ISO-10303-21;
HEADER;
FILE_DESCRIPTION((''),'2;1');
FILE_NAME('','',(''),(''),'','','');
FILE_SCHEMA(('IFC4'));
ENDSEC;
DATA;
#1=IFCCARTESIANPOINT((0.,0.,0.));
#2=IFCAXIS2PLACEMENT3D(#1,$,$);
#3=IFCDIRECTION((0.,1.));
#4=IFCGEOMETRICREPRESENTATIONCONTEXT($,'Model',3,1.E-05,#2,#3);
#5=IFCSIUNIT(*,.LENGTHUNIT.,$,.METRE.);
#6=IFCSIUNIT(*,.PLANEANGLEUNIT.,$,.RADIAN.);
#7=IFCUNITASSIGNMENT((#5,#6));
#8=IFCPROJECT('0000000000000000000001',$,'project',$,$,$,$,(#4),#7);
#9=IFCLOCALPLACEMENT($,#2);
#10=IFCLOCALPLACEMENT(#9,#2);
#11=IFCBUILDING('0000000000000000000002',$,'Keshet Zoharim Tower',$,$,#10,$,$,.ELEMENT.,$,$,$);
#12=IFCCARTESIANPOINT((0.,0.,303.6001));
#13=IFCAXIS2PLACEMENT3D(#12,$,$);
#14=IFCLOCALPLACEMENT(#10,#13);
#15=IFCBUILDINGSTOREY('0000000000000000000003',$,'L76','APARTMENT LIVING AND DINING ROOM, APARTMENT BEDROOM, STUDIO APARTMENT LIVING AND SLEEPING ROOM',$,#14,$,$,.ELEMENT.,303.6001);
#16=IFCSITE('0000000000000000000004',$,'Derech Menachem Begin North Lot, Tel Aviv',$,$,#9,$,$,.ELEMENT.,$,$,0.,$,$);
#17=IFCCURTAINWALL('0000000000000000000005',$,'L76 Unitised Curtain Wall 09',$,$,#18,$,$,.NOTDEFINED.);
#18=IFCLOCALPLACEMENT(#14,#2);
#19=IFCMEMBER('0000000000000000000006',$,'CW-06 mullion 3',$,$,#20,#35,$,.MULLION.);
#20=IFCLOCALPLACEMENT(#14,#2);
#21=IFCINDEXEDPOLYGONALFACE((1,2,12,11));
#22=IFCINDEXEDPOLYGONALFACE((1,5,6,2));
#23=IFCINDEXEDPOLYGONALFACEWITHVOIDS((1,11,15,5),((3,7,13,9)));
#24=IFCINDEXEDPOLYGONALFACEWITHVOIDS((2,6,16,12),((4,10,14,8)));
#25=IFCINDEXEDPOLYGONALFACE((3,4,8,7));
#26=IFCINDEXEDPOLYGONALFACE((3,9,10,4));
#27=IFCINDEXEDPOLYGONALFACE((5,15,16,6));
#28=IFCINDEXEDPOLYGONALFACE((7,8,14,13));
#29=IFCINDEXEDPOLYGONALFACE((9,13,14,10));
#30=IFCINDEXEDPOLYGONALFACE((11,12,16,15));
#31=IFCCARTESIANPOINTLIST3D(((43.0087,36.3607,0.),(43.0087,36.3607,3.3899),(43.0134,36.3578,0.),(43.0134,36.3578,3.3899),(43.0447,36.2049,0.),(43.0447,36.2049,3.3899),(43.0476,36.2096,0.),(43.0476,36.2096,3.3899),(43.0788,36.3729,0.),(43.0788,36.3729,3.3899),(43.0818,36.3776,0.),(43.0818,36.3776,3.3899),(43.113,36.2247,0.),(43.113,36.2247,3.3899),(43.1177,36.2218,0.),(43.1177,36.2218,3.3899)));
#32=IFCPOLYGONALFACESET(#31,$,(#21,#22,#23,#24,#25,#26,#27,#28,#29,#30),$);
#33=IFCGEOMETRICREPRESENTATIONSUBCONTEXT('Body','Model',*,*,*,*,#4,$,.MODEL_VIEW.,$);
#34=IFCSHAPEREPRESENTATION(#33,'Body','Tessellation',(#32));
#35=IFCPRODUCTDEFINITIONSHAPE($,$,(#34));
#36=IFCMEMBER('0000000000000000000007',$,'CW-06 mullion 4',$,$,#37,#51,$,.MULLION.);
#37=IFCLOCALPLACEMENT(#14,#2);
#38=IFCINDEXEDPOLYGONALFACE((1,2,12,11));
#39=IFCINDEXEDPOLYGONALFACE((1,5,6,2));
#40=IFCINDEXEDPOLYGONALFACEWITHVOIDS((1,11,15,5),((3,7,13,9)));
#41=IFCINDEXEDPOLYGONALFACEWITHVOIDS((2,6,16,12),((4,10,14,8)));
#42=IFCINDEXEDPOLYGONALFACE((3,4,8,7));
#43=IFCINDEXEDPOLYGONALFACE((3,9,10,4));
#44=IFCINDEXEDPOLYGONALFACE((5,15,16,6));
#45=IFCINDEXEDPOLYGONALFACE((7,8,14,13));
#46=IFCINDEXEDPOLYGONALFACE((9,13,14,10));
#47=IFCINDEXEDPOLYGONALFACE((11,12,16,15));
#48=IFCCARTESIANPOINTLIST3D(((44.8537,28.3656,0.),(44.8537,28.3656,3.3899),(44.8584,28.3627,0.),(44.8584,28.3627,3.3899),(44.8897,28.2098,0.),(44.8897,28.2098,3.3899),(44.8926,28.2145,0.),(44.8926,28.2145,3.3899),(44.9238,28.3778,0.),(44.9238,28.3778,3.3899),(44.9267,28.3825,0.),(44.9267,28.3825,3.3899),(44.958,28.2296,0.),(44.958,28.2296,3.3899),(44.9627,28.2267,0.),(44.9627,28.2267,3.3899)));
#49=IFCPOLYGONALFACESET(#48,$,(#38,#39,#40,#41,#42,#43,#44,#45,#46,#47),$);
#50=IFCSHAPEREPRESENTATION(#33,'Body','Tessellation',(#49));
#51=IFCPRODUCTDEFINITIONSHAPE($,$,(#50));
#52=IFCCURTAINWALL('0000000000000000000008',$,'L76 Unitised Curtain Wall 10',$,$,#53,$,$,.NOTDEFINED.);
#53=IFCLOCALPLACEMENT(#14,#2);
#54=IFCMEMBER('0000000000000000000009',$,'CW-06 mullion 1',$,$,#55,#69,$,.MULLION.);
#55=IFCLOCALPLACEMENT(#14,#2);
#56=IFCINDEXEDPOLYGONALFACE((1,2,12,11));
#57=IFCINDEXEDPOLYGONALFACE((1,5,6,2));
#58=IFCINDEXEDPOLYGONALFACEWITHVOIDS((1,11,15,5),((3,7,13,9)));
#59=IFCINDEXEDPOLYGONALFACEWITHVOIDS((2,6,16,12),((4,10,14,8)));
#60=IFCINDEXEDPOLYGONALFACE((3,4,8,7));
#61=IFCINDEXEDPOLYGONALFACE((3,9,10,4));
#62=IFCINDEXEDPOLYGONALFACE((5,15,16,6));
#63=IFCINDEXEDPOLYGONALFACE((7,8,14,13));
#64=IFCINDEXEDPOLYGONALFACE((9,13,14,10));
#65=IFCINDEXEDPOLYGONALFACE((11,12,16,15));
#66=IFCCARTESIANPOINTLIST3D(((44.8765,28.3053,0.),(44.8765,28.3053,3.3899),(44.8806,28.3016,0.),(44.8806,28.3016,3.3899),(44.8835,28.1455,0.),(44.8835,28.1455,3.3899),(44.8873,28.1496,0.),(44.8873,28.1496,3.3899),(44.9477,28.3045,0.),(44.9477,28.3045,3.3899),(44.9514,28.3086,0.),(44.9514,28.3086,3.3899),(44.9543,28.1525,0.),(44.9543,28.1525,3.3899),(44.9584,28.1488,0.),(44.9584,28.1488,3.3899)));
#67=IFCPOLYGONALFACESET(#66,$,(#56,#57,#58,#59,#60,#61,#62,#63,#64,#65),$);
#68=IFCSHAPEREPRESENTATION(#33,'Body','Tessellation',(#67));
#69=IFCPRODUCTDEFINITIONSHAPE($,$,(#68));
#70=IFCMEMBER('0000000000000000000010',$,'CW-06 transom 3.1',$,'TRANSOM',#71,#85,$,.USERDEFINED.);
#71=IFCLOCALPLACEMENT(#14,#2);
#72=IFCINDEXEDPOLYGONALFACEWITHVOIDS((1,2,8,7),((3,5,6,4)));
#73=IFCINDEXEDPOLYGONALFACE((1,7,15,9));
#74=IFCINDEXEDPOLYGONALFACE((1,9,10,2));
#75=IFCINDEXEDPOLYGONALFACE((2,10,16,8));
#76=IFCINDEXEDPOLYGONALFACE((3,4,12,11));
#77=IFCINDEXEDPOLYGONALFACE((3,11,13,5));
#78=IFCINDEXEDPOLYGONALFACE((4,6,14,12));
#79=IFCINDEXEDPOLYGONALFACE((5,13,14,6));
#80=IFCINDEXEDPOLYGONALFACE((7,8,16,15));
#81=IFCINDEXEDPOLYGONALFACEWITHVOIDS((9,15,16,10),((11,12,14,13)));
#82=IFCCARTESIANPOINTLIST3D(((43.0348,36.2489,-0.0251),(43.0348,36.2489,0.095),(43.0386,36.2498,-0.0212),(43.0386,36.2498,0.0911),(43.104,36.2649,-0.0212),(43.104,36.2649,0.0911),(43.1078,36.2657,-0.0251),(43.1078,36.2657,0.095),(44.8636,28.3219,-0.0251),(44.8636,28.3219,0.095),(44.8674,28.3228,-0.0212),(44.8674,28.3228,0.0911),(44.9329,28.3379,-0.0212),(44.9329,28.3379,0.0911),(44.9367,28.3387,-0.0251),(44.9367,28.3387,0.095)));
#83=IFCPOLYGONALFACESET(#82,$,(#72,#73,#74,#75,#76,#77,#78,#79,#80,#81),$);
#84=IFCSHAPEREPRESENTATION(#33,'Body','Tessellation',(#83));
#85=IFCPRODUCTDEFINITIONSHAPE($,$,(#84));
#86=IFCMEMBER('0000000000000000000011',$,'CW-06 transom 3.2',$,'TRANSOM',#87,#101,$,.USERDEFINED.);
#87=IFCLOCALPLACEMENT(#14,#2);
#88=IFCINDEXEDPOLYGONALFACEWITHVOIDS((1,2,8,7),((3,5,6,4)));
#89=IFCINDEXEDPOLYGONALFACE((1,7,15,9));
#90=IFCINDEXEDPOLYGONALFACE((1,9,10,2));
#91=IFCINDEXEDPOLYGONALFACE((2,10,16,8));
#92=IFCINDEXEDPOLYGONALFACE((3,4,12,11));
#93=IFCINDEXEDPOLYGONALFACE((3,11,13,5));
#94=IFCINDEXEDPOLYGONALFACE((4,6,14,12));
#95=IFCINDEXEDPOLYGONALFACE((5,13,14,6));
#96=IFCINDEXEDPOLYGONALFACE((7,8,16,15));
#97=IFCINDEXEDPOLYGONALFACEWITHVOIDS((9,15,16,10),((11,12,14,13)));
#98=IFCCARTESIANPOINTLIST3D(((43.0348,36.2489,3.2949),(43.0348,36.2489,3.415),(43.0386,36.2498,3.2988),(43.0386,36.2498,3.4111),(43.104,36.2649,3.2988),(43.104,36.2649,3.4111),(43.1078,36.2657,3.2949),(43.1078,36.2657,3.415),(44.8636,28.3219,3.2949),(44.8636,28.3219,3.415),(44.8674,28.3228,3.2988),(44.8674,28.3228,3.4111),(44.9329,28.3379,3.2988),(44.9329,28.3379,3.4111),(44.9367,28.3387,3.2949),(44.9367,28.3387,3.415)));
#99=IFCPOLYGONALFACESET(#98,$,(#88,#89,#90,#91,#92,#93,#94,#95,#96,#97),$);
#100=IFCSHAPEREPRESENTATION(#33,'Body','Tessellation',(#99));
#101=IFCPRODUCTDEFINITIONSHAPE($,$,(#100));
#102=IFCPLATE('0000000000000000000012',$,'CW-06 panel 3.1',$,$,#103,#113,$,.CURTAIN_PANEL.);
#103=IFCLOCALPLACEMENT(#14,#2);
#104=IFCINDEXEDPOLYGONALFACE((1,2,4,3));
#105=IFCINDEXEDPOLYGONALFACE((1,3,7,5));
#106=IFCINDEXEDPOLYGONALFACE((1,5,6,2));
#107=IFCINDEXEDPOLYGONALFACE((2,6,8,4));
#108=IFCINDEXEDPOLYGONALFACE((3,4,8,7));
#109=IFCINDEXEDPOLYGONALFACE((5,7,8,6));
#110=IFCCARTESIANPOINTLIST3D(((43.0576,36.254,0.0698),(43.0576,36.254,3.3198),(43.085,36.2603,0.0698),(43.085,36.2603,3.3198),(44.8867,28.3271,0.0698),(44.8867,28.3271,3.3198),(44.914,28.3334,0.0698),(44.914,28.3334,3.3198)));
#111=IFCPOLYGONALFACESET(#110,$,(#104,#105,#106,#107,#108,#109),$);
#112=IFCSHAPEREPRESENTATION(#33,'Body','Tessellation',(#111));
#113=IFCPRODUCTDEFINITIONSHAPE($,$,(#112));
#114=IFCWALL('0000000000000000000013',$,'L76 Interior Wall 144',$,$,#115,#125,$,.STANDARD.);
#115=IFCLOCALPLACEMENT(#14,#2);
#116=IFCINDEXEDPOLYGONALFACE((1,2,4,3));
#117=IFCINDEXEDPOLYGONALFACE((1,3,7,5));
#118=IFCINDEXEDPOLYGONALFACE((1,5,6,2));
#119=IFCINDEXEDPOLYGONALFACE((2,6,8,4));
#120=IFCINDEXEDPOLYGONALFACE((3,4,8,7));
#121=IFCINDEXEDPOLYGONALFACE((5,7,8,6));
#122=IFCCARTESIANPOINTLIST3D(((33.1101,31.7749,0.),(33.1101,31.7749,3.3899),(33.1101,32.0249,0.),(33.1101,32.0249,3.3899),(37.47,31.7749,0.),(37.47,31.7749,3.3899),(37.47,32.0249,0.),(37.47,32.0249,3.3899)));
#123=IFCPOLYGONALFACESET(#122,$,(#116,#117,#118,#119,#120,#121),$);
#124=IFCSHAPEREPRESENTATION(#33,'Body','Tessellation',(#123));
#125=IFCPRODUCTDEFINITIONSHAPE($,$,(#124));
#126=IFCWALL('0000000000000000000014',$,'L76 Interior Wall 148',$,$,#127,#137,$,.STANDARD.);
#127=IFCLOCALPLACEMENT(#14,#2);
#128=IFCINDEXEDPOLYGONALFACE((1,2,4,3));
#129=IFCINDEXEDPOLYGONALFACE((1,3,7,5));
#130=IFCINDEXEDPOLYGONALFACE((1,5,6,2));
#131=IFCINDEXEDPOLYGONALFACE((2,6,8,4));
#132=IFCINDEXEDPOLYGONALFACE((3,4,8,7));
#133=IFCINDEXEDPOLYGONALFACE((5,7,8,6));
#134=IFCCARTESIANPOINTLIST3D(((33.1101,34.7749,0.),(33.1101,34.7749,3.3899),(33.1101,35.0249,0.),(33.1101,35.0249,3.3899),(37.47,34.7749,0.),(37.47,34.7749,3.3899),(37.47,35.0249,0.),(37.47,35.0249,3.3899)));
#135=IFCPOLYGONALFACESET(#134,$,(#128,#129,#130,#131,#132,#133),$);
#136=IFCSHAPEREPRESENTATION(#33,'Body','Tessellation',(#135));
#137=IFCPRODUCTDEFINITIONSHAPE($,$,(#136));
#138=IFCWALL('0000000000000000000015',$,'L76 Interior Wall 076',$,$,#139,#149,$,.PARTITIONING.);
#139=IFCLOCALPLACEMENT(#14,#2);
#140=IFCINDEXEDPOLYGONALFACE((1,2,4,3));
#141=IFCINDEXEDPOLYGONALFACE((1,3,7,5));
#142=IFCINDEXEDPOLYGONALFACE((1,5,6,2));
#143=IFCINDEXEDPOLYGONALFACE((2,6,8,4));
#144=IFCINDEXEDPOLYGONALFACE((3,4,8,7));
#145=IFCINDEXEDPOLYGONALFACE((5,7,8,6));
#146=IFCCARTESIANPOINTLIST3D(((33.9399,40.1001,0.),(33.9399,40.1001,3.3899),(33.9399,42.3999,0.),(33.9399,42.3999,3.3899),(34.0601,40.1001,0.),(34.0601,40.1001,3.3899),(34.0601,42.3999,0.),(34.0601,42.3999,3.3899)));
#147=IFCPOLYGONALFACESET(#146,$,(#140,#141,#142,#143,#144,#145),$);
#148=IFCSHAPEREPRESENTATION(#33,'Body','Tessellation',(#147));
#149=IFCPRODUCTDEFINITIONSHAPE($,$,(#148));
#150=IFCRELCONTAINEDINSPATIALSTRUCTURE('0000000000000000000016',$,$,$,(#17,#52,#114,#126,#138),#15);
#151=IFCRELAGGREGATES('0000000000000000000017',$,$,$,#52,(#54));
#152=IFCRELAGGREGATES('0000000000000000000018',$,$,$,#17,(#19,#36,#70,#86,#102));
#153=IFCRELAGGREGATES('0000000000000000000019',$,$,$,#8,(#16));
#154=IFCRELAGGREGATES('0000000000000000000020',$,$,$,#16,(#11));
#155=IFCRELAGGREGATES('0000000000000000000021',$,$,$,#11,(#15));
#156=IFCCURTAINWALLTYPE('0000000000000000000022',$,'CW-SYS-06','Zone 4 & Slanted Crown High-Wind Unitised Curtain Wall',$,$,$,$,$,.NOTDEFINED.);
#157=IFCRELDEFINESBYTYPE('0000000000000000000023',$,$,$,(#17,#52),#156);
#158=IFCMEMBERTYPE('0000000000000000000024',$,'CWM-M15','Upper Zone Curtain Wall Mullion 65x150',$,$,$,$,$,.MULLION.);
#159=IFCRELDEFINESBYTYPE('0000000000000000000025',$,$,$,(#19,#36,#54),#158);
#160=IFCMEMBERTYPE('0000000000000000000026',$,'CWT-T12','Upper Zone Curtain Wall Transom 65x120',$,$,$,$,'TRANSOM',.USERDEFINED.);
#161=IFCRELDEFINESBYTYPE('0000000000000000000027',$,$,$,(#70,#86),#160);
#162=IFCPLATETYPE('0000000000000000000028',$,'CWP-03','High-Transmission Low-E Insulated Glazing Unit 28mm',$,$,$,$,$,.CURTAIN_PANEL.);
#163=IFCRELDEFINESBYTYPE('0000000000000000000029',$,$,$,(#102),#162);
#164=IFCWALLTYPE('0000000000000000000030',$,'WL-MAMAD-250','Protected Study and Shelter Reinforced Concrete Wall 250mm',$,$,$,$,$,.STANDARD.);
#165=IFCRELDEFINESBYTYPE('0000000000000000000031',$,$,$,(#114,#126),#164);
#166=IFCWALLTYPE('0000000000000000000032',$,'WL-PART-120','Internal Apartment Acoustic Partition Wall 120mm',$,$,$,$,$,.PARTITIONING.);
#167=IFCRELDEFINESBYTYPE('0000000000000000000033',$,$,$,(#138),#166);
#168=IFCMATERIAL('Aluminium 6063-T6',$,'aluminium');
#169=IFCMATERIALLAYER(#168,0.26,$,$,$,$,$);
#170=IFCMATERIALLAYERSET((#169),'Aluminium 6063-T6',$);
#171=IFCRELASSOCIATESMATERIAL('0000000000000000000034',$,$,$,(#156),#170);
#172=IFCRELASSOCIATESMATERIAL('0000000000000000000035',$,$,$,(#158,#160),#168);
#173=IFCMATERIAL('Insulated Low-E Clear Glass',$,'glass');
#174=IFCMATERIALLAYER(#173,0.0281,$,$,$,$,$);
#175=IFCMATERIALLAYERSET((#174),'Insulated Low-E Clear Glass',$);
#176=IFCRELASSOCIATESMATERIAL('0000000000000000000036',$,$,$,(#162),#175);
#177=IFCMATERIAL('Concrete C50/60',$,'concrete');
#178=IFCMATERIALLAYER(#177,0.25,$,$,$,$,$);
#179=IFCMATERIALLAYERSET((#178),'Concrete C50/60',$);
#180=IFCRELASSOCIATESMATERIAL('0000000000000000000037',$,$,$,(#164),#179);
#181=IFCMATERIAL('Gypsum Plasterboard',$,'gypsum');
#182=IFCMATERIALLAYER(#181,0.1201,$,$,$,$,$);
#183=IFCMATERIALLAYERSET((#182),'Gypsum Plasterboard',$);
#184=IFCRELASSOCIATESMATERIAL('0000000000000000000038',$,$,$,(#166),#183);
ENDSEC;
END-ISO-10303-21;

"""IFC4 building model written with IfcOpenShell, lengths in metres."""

from ifc_helpers import new_model, si_unit, direction, frame, frame_2d, origin, origin_2d, place, context, subcontext, project, spatial, rectangle, hollow_rectangle, extrude, material, layer, layer_set, material_profile, profile_set, type_object, element, aggregate, save


model = new_model("IFC4")

# Units and contexts
model_context = context("Model", 3, precision=1e-05, world=origin(), true_north=direction((0.0, 1.0)))
body_context = subcontext(model_context, "Body", "Model", "MODEL_VIEW")
ifc_project = project(units=[si_unit("LENGTHUNIT", "METRE"), si_unit("PLANEANGLEUNIT", "RADIAN")], contexts=[model_context])

# Site, building, storey
site_placement = place(None, origin())
site = spatial("IfcSite", under=ifc_project, at=site_placement, Name="Derech Menachem Begin North Lot, Tel Aviv", CompositionType="ELEMENT", RefElevation=0.0)
building_placement = place(site_placement, origin())
building = spatial("IfcBuilding", under=site, at=building_placement, Name="Keshet Zoharim Tower", CompositionType="ELEMENT")
storey_placement = place(building_placement, frame((0.0, 0.0, 303.6001)))
storey = spatial("IfcBuildingStorey", under=building, at=storey_placement, Name="L76", Description="APARTMENT LIVING AND DINING ROOM, APARTMENT BEDROOM, STUDIO APARTMENT LIVING AND SLEEPING ROOM", CompositionType="ELEMENT", Elevation=303.6001)

# Curtain wall, members
ifc_material_1 = material(Name="Aluminium 6063-T6", Category="aluminium")
ifc_layer_1 = layer(ifc_material_1, 0.26)
ifc_layer_set_1 = layer_set([ifc_layer_1], Name="Aluminium 6063-T6")
curtain_wall_type = type_object("IfcCurtainWallType", Name="CW-SYS-06", Description="Zone 4 & Slanted Crown High-Wind Unitised Curtain Wall", PredefinedType="NOTDEFINED", material=ifc_layer_set_1)
curtain_wall_1_placement = place(storey_placement, origin())
curtain_wall_1 = element("IfcCurtainWall", 1, at=curtain_wall_1_placement, inside=storey, type_object=curtain_wall_type, Name="L76 Unitised Curtain Wall 09", PredefinedType="NOTDEFINED")
ifc_material_profile_1 = material_profile(ifc_material_1, hollow_rectangle(XDim=0.075, YDim=0.1599, WallThickness=0.0039, at=origin_2d()), Name="MUL-75x160")
ifc_profile_set_1 = profile_set([ifc_material_profile_1], Name="Aluminium 6063-T6")
member_type_1 = type_object("IfcMemberType", Name="CWM-M15", Description="Upper Zone Curtain Wall Mullion 65x150", PredefinedType="MULLION", material=ifc_profile_set_1)
member_1_placement = place(storey_placement, frame((43.0632, 36.2913, 0.0), z_axis=(0.0, 0.0, 1.0), x_axis=(0.974398, 0.22483, 0.0)))
member_1 = element("IfcMember", 2, at=member_1_placement, type_object=member_type_1, Name="CW-06 mullion 3", PredefinedType="MULLION", context=body_context, shape_type="SweptSolid", body=[
    extrude(hollow_rectangle(XDim=0.075, YDim=0.1599, WallThickness=0.0039, at=origin_2d()), origin(), (0.0, 0.0, 1.0), 3.3899),
])
member_2_placement = place(storey_placement, frame((44.9082, 28.2961, 0.0), z_axis=(0.0, 0.0, 1.0), x_axis=(0.974398, 0.22483, 0.0)))
member_2 = element("IfcMember", 3, at=member_2_placement, type_object=member_type_1, Name="CW-06 mullion 4", PredefinedType="MULLION", context=body_context, shape_type="SweptSolid", body=[
    extrude(hollow_rectangle(XDim=0.075, YDim=0.1599, WallThickness=0.0039, at=origin_2d()), origin(), (0.0, 0.0, 1.0), 3.3899),
])

# Curtain wall, member
curtain_wall_2_placement = place(storey_placement, origin())
curtain_wall_2 = element("IfcCurtainWall", 4, at=curtain_wall_2_placement, inside=storey, type_object=curtain_wall_type, Name="L76 Unitised Curtain Wall 10", PredefinedType="NOTDEFINED")
member_3_placement = place(storey_placement, frame((44.9175, 28.2271, 0.0), z_axis=(0.0, 0.0, 1.0), x_axis=(0.999041, 0.043794, 0.0)))
member_3 = element("IfcMember", 5, at=member_3_placement, type_object=member_type_1, Name="CW-06 mullion 1", PredefinedType="MULLION", context=body_context, shape_type="SweptSolid", body=[
    extrude(hollow_rectangle(XDim=0.075, YDim=0.1599, WallThickness=0.0039, at=origin_2d()), origin(), (0.0, 0.0, 1.0), 3.3899),
])
aggregate(curtain_wall_2, [member_3])

# Members
ifc_material_profile_2 = material_profile(ifc_material_1, hollow_rectangle(XDim=0.075, YDim=0.1201, WallThickness=0.0039, at=origin_2d()), Name="TRN-75x120")
ifc_profile_set_2 = profile_set([ifc_material_profile_2], Name="Aluminium 6063-T6")
member_type_2 = type_object("IfcMemberType", Name="CWT-T12", Description="Upper Zone Curtain Wall Transom 65x120", ElementType="TRANSOM", PredefinedType="USERDEFINED", material=ifc_profile_set_2)
member_4_placement = place(storey_placement, frame((43.0713, 36.2573, 0.0349), z_axis=(0.224807, -0.974403, 0.0), x_axis=(0.974403, 0.224807, 0.0)))
member_4 = element("IfcMember", 6, at=member_4_placement, type_object=member_type_2, Name="CW-06 transom 3.1", ObjectType="TRANSOM", PredefinedType="USERDEFINED", context=body_context, shape_type="SweptSolid", body=[
    extrude(hollow_rectangle(XDim=0.075, YDim=0.1201, WallThickness=0.0039, at=origin_2d()), origin(), (0.0, 0.0, 1.0), 8.1353),
])
member_5_placement = place(storey_placement, frame((43.0713, 36.2573, 3.355), z_axis=(0.224807, -0.974403, 0.0), x_axis=(0.974403, 0.224807, 0.0)))
member_5 = element("IfcMember", 7, at=member_5_placement, type_object=member_type_2, Name="CW-06 transom 3.2", ObjectType="TRANSOM", PredefinedType="USERDEFINED", context=body_context, shape_type="SweptSolid", body=[
    extrude(hollow_rectangle(XDim=0.075, YDim=0.1201, WallThickness=0.0039, at=origin_2d()), origin(), (0.0, 0.0, 1.0), 8.1353),
])

# Plate
ifc_material_2 = material(Name="Insulated Low-E Clear Glass", Category="glass")
ifc_layer_2 = layer(ifc_material_2, 0.0281)
ifc_layer_set_2 = layer_set([ifc_layer_2], Name="Insulated Low-E Clear Glass")
plate_type = type_object("IfcPlateType", Name="CWP-03", Description="High-Transmission Low-E Insulated Glazing Unit 28mm", PredefinedType="CURTAIN_PANEL", material=ifc_layer_set_2)
plate_placement = place(storey_placement, frame((43.9858, 32.2937, 0.0698), z_axis=(0.0, 0.0, 1.0), x_axis=(0.22483, -0.974398, 0.0)))
plate = element("IfcPlate", 8, at=plate_placement, type_object=plate_type, Name="CW-06 panel 3.1", PredefinedType="CURTAIN_PANEL", context=body_context, shape_type="SweptSolid", body=[
    extrude(rectangle(XDim=8.1353, YDim=0.0281, at=origin_2d()), origin(), (0.0, 0.0, 1.0), 3.25),
])
aggregate(curtain_wall_1, [member_1, member_2, member_4, member_5, plate])

# Shared definitions
ifc_material_3 = material(Name="Concrete C50/60", Category="concrete")
ifc_layer_3 = layer(ifc_material_3, 0.25)
ifc_layer_set_3 = layer_set([ifc_layer_3], Name="Concrete C50/60")
wall_type_1 = type_object("IfcWallType", Name="WL-MAMAD-250", Description="Protected Study and Shelter Reinforced Concrete Wall 250mm", PredefinedType="STANDARD", material=ifc_layer_set_3)

# Walls
for number, where, z_axis, x_axis, name in (
    (9, (33.1101, 31.8999, 0.0), (0.0, 0.0, 1.0), (1.0, 0.0, 0.0), "L76 Interior Wall 144"),
    (10, (33.1101, 34.8999, 0.0), (0.0, 0.0, 1.0), (1.0, 0.0, 0.0), "L76 Interior Wall 148"),
):
    element("IfcWall", number, at=place(storey_placement, frame(where, z_axis=z_axis, x_axis=x_axis)), inside=storey, type_object=wall_type_1, Name=name, PredefinedType="STANDARD", context=body_context, shape_type="SweptSolid", body=[
        extrude(rectangle(XDim=4.3599, YDim=0.25, at=frame_2d((2.1799, 0.0))), origin(), (0.0, 0.0, 1.0), 3.3899),
    ])
ifc_material_4 = material(Name="Gypsum Plasterboard", Category="gypsum")
ifc_layer_4 = layer(ifc_material_4, 0.1201)
ifc_layer_set_4 = layer_set([ifc_layer_4], Name="Gypsum Plasterboard")
wall_type_2 = type_object("IfcWallType", Name="WL-PART-120", Description="Internal Apartment Acoustic Partition Wall 120mm", PredefinedType="PARTITIONING", material=ifc_layer_set_4)
wall_1_placement = place(storey_placement, frame((34.0, 40.1001, 0.0), z_axis=(0.0, 0.0, 1.0), x_axis=(0.0, 1.0, 0.0)))
element("IfcWall", 11, at=wall_1_placement, inside=storey, type_object=wall_type_2, Name="L76 Interior Wall 076", PredefinedType="PARTITIONING", context=body_context, shape_type="SweptSolid", body=[
    extrude(rectangle(XDim=2.2998, YDim=0.1201, at=frame_2d((1.1499, 0.0))), origin(), (0.0, 0.0, 1.0), 3.3899),
])

save(model, "model.ifc")
